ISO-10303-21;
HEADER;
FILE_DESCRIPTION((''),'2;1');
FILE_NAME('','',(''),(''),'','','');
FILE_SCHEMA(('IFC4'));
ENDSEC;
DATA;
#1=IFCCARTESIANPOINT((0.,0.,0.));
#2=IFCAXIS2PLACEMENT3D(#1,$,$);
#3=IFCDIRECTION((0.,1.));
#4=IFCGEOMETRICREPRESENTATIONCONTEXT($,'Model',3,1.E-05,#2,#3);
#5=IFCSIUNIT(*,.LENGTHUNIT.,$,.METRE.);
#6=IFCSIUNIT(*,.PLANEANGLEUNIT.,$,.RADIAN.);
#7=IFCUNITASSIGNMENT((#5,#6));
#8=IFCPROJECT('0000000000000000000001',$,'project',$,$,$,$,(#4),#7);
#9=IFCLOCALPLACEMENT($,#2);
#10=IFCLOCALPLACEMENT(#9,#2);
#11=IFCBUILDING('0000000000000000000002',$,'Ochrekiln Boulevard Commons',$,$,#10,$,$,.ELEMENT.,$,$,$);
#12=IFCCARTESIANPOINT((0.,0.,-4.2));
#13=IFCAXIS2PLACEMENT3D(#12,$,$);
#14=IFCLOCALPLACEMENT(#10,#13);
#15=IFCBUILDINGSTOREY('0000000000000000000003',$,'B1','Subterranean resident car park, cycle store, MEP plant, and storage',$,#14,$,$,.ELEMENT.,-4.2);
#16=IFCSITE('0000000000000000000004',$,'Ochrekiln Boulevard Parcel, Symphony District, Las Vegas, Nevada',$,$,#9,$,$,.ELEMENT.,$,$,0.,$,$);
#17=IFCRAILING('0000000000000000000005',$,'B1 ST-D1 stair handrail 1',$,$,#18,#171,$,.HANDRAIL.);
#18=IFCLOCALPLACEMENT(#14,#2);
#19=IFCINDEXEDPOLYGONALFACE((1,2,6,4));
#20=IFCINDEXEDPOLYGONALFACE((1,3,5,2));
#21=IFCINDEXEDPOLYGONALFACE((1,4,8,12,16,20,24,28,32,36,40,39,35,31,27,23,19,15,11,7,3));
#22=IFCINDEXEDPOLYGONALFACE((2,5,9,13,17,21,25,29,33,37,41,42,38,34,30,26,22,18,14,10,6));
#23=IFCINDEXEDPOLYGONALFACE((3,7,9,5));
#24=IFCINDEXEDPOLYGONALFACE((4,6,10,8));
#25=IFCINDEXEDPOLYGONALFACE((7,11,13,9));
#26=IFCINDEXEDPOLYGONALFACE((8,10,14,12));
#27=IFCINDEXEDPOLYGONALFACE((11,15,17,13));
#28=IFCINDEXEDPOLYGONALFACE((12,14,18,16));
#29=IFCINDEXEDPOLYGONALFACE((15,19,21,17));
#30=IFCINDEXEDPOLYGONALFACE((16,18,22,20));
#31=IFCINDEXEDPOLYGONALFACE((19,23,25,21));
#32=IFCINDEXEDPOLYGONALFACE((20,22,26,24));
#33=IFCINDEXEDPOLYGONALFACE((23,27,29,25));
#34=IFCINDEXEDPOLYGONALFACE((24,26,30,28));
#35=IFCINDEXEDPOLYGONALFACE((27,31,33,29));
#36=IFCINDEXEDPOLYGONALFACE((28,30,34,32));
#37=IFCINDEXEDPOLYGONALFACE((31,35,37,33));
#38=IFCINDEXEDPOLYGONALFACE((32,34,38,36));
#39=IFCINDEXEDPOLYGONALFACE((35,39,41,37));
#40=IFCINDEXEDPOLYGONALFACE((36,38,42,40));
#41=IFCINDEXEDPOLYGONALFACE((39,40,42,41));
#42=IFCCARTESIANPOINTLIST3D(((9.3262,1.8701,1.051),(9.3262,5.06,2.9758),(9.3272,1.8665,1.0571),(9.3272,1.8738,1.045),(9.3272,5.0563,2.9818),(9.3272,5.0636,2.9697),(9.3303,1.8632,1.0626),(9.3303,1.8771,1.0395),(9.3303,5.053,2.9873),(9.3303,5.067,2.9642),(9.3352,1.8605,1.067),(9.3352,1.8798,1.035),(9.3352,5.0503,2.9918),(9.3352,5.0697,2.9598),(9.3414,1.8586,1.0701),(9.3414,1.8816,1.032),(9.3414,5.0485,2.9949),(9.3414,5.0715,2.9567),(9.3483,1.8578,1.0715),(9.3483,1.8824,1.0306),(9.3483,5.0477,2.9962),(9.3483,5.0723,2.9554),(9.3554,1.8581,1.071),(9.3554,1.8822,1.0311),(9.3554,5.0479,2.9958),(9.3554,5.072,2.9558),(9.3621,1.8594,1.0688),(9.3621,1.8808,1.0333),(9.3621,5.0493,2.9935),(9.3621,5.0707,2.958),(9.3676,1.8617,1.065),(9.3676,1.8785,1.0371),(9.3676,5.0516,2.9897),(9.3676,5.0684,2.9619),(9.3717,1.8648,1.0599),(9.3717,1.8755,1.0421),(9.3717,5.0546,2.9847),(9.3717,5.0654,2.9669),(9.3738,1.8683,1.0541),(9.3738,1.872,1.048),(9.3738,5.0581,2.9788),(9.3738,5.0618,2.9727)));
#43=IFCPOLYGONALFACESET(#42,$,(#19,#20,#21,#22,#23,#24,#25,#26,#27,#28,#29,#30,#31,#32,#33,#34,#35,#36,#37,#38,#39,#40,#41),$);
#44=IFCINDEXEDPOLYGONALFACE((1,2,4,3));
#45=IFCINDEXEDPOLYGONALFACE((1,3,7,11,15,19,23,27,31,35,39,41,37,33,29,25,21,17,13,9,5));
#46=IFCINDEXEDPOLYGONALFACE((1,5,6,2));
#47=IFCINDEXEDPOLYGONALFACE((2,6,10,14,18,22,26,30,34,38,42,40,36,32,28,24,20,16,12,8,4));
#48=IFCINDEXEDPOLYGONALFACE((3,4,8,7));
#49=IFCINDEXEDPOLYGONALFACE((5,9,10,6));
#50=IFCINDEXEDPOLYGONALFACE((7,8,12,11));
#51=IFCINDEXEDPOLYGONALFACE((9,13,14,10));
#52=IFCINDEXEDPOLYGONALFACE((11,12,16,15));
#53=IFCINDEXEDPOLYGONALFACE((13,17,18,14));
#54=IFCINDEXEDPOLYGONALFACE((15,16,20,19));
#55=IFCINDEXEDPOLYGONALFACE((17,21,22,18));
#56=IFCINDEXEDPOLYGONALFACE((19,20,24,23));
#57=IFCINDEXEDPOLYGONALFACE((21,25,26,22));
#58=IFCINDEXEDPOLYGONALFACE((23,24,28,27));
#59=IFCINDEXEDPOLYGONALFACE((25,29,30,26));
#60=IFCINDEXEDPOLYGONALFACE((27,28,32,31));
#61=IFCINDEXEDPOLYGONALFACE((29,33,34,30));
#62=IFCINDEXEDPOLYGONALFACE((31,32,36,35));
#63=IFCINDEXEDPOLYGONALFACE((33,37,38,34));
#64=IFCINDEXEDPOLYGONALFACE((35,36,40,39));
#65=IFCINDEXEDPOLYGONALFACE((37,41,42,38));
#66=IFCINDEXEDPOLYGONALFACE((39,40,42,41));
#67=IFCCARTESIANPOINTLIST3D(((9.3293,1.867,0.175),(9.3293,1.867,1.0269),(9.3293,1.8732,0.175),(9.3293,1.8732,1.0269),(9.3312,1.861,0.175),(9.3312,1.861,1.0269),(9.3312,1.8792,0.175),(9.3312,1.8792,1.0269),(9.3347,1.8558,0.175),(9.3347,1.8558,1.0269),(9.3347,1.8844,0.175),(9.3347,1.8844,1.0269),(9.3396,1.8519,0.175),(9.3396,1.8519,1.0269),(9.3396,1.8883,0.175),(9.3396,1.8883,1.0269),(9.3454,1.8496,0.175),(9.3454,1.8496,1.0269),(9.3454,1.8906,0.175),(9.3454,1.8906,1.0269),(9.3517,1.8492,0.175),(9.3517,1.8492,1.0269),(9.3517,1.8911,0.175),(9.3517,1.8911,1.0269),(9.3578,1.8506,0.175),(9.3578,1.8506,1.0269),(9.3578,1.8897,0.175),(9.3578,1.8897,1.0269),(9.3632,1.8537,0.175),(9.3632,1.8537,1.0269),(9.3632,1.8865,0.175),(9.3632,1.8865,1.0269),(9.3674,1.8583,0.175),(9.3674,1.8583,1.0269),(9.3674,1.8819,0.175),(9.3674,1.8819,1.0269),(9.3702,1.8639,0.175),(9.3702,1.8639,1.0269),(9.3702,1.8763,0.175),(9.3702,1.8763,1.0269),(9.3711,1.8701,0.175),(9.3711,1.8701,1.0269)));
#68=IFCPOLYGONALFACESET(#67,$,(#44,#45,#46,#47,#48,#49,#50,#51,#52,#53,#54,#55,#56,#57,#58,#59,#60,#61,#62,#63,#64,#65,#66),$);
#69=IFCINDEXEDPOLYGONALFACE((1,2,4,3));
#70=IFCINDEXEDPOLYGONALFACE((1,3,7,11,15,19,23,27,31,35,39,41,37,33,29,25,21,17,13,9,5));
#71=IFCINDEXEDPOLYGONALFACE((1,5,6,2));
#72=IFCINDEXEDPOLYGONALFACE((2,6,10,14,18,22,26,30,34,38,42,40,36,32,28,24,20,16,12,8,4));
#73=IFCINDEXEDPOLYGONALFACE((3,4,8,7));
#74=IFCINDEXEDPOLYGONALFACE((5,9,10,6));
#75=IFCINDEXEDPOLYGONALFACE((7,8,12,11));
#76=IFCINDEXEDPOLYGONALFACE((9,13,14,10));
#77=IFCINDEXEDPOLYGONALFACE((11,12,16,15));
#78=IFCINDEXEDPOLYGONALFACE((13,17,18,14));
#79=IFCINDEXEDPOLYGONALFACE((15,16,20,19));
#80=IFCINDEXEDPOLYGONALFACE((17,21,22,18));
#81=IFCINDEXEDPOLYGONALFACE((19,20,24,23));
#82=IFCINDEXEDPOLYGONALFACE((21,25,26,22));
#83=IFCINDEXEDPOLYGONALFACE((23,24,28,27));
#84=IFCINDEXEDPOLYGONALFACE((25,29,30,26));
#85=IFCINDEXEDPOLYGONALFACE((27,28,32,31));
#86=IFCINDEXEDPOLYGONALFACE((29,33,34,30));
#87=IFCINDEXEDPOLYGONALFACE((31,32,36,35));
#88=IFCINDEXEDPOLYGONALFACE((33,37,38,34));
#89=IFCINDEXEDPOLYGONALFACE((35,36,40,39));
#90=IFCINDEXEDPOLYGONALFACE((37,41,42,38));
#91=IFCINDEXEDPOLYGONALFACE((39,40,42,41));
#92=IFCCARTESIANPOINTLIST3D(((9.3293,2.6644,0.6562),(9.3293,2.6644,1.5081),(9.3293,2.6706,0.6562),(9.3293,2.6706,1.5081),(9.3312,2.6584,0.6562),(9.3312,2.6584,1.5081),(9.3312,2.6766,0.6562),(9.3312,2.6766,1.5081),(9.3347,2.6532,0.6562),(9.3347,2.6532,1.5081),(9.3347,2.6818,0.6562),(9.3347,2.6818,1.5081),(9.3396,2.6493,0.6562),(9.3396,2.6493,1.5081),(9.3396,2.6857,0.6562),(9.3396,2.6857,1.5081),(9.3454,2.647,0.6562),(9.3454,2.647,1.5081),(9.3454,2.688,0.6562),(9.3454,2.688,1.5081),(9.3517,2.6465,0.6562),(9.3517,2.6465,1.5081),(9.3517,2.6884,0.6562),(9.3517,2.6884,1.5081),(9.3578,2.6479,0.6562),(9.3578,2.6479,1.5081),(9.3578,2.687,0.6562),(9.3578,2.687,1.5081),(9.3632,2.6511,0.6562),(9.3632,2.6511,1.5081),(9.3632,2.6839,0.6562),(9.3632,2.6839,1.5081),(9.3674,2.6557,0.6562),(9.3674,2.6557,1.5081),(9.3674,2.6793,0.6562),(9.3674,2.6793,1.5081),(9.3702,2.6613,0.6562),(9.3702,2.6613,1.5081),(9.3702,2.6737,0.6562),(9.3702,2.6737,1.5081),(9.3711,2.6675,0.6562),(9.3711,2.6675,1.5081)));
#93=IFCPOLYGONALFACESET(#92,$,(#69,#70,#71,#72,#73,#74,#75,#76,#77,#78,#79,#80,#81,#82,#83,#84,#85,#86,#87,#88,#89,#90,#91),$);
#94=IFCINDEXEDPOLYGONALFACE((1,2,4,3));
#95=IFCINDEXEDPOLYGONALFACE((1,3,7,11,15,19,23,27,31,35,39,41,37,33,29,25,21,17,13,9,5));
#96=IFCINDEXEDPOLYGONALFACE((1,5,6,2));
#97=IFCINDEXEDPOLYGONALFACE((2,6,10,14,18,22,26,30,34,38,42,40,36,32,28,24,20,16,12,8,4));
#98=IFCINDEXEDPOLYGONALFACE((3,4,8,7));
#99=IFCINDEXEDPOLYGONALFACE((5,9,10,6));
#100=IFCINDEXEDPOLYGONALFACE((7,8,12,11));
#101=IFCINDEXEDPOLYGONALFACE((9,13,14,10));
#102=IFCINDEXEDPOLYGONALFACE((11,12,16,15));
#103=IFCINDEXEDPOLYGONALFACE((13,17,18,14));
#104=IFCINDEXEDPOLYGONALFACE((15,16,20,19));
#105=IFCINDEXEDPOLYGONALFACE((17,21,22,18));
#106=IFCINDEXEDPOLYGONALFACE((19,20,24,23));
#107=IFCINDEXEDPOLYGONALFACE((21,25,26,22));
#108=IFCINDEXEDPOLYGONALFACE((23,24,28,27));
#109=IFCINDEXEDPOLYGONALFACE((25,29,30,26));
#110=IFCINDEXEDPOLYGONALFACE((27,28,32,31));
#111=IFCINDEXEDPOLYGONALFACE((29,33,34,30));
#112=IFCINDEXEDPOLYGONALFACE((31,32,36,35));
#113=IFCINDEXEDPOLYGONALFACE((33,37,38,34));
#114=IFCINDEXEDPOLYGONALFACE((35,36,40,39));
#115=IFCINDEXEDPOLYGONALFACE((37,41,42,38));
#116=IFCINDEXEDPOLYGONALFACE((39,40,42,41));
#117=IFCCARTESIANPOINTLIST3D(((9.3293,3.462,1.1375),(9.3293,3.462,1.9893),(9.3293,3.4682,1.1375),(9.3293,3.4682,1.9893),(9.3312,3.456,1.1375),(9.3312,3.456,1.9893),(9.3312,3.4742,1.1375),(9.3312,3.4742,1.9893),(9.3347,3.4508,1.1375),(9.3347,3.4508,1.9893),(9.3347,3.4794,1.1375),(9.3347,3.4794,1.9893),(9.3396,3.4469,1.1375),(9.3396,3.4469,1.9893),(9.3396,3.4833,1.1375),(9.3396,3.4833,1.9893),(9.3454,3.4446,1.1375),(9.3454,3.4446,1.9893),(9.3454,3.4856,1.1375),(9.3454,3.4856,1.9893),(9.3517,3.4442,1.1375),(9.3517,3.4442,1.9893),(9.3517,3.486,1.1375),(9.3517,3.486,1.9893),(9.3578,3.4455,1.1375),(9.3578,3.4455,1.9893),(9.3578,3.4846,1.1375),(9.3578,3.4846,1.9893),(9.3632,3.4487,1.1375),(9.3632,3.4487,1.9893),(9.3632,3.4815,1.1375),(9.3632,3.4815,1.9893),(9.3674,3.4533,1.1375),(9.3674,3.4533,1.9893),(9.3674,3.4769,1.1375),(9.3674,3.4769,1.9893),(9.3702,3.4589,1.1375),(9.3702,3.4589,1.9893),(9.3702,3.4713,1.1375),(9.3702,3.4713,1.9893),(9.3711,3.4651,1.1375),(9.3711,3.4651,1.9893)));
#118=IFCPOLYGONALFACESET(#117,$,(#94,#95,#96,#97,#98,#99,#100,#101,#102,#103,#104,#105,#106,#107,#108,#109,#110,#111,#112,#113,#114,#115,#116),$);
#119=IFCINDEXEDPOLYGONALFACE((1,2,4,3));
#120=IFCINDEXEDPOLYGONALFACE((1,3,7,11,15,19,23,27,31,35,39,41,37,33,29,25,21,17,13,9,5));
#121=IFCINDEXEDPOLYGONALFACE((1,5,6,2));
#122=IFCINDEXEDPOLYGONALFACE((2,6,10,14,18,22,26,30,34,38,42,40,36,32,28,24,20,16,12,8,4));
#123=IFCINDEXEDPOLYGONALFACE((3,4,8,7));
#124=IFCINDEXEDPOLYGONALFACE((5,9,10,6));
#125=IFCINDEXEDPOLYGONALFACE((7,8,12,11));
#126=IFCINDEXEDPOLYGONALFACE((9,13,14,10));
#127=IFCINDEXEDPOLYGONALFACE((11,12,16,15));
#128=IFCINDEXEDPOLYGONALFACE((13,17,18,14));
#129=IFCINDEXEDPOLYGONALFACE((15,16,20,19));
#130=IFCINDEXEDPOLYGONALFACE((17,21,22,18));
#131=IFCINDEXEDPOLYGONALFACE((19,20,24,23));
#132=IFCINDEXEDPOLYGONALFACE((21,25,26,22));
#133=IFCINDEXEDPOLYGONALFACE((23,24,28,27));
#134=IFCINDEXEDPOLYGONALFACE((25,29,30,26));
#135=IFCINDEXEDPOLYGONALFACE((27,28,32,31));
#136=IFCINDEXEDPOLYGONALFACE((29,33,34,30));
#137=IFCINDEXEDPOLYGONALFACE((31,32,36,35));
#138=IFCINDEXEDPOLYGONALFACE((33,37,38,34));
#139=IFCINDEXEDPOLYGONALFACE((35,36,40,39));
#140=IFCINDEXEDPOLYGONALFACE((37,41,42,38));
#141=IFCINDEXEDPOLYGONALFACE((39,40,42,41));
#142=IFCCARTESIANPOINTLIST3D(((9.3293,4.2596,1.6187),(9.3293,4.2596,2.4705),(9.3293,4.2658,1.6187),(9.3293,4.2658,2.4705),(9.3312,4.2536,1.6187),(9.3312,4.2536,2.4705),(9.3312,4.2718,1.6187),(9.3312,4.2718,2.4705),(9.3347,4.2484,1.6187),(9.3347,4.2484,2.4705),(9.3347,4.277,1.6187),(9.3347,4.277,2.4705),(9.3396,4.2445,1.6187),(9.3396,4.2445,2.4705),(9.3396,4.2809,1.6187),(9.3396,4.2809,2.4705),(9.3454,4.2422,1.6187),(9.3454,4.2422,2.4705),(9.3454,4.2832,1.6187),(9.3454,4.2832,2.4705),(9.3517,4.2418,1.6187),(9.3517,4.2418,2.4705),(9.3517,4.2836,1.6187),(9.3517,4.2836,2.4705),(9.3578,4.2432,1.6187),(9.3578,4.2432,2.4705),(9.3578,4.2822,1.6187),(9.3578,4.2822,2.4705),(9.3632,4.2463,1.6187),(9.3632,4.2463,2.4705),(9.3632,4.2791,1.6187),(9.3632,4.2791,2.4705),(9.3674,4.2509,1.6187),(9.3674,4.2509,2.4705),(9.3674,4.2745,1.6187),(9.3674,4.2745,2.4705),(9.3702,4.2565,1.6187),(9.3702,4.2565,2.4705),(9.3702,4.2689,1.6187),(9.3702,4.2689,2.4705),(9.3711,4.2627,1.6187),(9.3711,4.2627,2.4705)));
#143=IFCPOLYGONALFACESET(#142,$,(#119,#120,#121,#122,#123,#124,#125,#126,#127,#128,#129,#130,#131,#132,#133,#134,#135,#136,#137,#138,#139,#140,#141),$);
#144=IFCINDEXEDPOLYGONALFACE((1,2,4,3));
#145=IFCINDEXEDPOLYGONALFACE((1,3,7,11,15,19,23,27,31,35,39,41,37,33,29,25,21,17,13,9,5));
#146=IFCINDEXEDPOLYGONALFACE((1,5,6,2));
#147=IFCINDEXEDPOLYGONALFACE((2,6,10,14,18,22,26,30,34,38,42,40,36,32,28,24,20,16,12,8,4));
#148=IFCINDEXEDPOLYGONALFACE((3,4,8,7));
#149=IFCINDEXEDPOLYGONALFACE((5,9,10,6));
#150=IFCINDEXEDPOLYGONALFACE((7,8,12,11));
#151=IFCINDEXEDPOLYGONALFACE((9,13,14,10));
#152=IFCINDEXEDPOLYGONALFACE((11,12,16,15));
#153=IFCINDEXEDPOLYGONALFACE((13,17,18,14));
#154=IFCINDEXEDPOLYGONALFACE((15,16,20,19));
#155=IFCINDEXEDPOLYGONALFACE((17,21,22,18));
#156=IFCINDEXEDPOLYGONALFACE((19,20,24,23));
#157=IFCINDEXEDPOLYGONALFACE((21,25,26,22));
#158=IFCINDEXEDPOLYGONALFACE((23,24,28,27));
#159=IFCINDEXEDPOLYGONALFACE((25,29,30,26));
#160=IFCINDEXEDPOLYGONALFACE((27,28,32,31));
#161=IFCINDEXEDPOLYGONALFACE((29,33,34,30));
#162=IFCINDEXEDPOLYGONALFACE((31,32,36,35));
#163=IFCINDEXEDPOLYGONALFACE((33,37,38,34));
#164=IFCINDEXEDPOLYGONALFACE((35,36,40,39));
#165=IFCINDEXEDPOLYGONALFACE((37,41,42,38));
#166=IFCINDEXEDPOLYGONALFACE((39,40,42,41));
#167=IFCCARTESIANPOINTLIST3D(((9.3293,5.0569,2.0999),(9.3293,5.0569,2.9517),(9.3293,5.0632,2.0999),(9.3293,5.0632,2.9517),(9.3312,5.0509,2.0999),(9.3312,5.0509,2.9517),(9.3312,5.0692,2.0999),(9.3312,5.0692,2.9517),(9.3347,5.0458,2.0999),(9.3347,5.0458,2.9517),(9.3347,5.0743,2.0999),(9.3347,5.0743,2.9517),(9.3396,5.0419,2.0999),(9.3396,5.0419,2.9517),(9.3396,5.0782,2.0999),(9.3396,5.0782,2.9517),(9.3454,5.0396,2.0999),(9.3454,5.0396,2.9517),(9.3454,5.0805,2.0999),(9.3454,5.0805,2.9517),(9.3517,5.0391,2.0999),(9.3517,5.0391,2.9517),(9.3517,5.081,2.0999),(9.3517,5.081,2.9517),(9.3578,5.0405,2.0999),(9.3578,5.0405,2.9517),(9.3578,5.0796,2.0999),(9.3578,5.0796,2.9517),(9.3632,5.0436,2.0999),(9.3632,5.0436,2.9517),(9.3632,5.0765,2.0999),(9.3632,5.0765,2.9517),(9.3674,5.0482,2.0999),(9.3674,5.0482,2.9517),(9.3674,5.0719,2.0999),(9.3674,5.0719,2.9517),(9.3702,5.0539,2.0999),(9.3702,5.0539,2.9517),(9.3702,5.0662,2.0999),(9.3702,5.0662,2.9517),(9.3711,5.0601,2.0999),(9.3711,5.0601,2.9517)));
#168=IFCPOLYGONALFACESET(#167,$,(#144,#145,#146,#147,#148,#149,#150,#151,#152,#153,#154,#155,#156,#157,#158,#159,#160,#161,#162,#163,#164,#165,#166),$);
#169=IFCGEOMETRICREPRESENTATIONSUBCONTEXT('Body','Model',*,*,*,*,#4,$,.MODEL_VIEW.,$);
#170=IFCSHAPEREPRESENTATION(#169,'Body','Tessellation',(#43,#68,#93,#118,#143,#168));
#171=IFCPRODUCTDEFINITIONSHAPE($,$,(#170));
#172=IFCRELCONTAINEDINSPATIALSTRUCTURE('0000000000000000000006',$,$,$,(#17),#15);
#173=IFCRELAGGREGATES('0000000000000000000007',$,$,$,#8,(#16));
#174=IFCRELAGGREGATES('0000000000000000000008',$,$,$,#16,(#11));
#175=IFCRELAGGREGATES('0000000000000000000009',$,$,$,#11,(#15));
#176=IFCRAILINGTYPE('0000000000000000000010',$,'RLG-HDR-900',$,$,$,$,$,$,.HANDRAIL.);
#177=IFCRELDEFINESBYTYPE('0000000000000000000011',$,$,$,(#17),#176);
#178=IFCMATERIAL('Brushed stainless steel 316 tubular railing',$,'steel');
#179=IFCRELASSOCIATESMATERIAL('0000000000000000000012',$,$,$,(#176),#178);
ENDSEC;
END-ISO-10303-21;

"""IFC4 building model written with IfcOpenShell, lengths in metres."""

from ifc_helpers import new_model, si_unit, direction, frame, origin, origin_2d, place, context, subcontext, project, spatial, circle, extrude, material, type_object, element, save


model = new_model("IFC4")

# Units and contexts
model_context = context("Model", 3, precision=1e-05, world=origin(), true_north=direction((0.0, 1.0)))
body_context = subcontext(model_context, "Body", "Model", "MODEL_VIEW")
ifc_project = project(units=[si_unit("LENGTHUNIT", "METRE"), si_unit("PLANEANGLEUNIT", "RADIAN")], contexts=[model_context])

# Site, building, storey
site_placement = place(None, origin())
site = spatial("IfcSite", under=ifc_project, at=site_placement, Name="Ochrekiln Boulevard Parcel, Symphony District, Las Vegas, Nevada", CompositionType="ELEMENT", RefElevation=0.0)
building_placement = place(site_placement, origin())
building = spatial("IfcBuilding", under=site, at=building_placement, Name="Ochrekiln Boulevard Commons", CompositionType="ELEMENT")
storey_placement = place(building_placement, frame((0.0, 0.0, -4.2)))
storey = spatial("IfcBuildingStorey", under=building, at=storey_placement, Name="B1", Description="Subterranean resident car park, cycle store, MEP plant, and storage", CompositionType="ELEMENT", Elevation=-4.2)

# Railing
ifc_material_1 = material(Name="Brushed stainless steel 316 tubular railing", Category="steel")
railing_type_1 = type_object("IfcRailingType", Name="RLG-HDR-900", PredefinedType="HANDRAIL", material=ifc_material_1)
railing_1_placement = place(storey_placement, frame((9.3501, 1.8701, 0.175)))
element("IfcRailing", 1, at=railing_1_placement, inside=storey, type_object=railing_type_1, Name="B1 ST-D1 stair handrail 1", PredefinedType="HANDRAIL", context=body_context, shape_type="SweptSolid", body=[
    extrude(circle(Radius=0.0239, at=origin_2d()), frame((0.0, 0.0, 0.876), z_axis=(0.0, 0.856207, 0.516633), x_axis=(-1.0, 0.0, 0.0)), (0.0, 0.0, 1.0), 3.7256),
    extrude(circle(Radius=0.021, at=origin_2d()), origin(), (0.0, 0.0, 1.0), 0.8518),
    extrude(circle(Radius=0.021, at=origin_2d()), frame((0.0, 0.7974, 0.4812)), (0.0, 0.0, 1.0), 0.8518),
    extrude(circle(Radius=0.021, at=origin_2d()), frame((0.0, 1.595, 0.9624)), (0.0, 0.0, 1.0), 0.8518),
    extrude(circle(Radius=0.021, at=origin_2d()), frame((0.0, 2.3926, 1.4436)), (0.0, 0.0, 1.0), 0.8518),
    extrude(circle(Radius=0.021, at=origin_2d()), frame((0.0, 3.1899, 1.9248)), (0.0, 0.0, 1.0), 0.8518),
])

save(model, "model.ifc")
